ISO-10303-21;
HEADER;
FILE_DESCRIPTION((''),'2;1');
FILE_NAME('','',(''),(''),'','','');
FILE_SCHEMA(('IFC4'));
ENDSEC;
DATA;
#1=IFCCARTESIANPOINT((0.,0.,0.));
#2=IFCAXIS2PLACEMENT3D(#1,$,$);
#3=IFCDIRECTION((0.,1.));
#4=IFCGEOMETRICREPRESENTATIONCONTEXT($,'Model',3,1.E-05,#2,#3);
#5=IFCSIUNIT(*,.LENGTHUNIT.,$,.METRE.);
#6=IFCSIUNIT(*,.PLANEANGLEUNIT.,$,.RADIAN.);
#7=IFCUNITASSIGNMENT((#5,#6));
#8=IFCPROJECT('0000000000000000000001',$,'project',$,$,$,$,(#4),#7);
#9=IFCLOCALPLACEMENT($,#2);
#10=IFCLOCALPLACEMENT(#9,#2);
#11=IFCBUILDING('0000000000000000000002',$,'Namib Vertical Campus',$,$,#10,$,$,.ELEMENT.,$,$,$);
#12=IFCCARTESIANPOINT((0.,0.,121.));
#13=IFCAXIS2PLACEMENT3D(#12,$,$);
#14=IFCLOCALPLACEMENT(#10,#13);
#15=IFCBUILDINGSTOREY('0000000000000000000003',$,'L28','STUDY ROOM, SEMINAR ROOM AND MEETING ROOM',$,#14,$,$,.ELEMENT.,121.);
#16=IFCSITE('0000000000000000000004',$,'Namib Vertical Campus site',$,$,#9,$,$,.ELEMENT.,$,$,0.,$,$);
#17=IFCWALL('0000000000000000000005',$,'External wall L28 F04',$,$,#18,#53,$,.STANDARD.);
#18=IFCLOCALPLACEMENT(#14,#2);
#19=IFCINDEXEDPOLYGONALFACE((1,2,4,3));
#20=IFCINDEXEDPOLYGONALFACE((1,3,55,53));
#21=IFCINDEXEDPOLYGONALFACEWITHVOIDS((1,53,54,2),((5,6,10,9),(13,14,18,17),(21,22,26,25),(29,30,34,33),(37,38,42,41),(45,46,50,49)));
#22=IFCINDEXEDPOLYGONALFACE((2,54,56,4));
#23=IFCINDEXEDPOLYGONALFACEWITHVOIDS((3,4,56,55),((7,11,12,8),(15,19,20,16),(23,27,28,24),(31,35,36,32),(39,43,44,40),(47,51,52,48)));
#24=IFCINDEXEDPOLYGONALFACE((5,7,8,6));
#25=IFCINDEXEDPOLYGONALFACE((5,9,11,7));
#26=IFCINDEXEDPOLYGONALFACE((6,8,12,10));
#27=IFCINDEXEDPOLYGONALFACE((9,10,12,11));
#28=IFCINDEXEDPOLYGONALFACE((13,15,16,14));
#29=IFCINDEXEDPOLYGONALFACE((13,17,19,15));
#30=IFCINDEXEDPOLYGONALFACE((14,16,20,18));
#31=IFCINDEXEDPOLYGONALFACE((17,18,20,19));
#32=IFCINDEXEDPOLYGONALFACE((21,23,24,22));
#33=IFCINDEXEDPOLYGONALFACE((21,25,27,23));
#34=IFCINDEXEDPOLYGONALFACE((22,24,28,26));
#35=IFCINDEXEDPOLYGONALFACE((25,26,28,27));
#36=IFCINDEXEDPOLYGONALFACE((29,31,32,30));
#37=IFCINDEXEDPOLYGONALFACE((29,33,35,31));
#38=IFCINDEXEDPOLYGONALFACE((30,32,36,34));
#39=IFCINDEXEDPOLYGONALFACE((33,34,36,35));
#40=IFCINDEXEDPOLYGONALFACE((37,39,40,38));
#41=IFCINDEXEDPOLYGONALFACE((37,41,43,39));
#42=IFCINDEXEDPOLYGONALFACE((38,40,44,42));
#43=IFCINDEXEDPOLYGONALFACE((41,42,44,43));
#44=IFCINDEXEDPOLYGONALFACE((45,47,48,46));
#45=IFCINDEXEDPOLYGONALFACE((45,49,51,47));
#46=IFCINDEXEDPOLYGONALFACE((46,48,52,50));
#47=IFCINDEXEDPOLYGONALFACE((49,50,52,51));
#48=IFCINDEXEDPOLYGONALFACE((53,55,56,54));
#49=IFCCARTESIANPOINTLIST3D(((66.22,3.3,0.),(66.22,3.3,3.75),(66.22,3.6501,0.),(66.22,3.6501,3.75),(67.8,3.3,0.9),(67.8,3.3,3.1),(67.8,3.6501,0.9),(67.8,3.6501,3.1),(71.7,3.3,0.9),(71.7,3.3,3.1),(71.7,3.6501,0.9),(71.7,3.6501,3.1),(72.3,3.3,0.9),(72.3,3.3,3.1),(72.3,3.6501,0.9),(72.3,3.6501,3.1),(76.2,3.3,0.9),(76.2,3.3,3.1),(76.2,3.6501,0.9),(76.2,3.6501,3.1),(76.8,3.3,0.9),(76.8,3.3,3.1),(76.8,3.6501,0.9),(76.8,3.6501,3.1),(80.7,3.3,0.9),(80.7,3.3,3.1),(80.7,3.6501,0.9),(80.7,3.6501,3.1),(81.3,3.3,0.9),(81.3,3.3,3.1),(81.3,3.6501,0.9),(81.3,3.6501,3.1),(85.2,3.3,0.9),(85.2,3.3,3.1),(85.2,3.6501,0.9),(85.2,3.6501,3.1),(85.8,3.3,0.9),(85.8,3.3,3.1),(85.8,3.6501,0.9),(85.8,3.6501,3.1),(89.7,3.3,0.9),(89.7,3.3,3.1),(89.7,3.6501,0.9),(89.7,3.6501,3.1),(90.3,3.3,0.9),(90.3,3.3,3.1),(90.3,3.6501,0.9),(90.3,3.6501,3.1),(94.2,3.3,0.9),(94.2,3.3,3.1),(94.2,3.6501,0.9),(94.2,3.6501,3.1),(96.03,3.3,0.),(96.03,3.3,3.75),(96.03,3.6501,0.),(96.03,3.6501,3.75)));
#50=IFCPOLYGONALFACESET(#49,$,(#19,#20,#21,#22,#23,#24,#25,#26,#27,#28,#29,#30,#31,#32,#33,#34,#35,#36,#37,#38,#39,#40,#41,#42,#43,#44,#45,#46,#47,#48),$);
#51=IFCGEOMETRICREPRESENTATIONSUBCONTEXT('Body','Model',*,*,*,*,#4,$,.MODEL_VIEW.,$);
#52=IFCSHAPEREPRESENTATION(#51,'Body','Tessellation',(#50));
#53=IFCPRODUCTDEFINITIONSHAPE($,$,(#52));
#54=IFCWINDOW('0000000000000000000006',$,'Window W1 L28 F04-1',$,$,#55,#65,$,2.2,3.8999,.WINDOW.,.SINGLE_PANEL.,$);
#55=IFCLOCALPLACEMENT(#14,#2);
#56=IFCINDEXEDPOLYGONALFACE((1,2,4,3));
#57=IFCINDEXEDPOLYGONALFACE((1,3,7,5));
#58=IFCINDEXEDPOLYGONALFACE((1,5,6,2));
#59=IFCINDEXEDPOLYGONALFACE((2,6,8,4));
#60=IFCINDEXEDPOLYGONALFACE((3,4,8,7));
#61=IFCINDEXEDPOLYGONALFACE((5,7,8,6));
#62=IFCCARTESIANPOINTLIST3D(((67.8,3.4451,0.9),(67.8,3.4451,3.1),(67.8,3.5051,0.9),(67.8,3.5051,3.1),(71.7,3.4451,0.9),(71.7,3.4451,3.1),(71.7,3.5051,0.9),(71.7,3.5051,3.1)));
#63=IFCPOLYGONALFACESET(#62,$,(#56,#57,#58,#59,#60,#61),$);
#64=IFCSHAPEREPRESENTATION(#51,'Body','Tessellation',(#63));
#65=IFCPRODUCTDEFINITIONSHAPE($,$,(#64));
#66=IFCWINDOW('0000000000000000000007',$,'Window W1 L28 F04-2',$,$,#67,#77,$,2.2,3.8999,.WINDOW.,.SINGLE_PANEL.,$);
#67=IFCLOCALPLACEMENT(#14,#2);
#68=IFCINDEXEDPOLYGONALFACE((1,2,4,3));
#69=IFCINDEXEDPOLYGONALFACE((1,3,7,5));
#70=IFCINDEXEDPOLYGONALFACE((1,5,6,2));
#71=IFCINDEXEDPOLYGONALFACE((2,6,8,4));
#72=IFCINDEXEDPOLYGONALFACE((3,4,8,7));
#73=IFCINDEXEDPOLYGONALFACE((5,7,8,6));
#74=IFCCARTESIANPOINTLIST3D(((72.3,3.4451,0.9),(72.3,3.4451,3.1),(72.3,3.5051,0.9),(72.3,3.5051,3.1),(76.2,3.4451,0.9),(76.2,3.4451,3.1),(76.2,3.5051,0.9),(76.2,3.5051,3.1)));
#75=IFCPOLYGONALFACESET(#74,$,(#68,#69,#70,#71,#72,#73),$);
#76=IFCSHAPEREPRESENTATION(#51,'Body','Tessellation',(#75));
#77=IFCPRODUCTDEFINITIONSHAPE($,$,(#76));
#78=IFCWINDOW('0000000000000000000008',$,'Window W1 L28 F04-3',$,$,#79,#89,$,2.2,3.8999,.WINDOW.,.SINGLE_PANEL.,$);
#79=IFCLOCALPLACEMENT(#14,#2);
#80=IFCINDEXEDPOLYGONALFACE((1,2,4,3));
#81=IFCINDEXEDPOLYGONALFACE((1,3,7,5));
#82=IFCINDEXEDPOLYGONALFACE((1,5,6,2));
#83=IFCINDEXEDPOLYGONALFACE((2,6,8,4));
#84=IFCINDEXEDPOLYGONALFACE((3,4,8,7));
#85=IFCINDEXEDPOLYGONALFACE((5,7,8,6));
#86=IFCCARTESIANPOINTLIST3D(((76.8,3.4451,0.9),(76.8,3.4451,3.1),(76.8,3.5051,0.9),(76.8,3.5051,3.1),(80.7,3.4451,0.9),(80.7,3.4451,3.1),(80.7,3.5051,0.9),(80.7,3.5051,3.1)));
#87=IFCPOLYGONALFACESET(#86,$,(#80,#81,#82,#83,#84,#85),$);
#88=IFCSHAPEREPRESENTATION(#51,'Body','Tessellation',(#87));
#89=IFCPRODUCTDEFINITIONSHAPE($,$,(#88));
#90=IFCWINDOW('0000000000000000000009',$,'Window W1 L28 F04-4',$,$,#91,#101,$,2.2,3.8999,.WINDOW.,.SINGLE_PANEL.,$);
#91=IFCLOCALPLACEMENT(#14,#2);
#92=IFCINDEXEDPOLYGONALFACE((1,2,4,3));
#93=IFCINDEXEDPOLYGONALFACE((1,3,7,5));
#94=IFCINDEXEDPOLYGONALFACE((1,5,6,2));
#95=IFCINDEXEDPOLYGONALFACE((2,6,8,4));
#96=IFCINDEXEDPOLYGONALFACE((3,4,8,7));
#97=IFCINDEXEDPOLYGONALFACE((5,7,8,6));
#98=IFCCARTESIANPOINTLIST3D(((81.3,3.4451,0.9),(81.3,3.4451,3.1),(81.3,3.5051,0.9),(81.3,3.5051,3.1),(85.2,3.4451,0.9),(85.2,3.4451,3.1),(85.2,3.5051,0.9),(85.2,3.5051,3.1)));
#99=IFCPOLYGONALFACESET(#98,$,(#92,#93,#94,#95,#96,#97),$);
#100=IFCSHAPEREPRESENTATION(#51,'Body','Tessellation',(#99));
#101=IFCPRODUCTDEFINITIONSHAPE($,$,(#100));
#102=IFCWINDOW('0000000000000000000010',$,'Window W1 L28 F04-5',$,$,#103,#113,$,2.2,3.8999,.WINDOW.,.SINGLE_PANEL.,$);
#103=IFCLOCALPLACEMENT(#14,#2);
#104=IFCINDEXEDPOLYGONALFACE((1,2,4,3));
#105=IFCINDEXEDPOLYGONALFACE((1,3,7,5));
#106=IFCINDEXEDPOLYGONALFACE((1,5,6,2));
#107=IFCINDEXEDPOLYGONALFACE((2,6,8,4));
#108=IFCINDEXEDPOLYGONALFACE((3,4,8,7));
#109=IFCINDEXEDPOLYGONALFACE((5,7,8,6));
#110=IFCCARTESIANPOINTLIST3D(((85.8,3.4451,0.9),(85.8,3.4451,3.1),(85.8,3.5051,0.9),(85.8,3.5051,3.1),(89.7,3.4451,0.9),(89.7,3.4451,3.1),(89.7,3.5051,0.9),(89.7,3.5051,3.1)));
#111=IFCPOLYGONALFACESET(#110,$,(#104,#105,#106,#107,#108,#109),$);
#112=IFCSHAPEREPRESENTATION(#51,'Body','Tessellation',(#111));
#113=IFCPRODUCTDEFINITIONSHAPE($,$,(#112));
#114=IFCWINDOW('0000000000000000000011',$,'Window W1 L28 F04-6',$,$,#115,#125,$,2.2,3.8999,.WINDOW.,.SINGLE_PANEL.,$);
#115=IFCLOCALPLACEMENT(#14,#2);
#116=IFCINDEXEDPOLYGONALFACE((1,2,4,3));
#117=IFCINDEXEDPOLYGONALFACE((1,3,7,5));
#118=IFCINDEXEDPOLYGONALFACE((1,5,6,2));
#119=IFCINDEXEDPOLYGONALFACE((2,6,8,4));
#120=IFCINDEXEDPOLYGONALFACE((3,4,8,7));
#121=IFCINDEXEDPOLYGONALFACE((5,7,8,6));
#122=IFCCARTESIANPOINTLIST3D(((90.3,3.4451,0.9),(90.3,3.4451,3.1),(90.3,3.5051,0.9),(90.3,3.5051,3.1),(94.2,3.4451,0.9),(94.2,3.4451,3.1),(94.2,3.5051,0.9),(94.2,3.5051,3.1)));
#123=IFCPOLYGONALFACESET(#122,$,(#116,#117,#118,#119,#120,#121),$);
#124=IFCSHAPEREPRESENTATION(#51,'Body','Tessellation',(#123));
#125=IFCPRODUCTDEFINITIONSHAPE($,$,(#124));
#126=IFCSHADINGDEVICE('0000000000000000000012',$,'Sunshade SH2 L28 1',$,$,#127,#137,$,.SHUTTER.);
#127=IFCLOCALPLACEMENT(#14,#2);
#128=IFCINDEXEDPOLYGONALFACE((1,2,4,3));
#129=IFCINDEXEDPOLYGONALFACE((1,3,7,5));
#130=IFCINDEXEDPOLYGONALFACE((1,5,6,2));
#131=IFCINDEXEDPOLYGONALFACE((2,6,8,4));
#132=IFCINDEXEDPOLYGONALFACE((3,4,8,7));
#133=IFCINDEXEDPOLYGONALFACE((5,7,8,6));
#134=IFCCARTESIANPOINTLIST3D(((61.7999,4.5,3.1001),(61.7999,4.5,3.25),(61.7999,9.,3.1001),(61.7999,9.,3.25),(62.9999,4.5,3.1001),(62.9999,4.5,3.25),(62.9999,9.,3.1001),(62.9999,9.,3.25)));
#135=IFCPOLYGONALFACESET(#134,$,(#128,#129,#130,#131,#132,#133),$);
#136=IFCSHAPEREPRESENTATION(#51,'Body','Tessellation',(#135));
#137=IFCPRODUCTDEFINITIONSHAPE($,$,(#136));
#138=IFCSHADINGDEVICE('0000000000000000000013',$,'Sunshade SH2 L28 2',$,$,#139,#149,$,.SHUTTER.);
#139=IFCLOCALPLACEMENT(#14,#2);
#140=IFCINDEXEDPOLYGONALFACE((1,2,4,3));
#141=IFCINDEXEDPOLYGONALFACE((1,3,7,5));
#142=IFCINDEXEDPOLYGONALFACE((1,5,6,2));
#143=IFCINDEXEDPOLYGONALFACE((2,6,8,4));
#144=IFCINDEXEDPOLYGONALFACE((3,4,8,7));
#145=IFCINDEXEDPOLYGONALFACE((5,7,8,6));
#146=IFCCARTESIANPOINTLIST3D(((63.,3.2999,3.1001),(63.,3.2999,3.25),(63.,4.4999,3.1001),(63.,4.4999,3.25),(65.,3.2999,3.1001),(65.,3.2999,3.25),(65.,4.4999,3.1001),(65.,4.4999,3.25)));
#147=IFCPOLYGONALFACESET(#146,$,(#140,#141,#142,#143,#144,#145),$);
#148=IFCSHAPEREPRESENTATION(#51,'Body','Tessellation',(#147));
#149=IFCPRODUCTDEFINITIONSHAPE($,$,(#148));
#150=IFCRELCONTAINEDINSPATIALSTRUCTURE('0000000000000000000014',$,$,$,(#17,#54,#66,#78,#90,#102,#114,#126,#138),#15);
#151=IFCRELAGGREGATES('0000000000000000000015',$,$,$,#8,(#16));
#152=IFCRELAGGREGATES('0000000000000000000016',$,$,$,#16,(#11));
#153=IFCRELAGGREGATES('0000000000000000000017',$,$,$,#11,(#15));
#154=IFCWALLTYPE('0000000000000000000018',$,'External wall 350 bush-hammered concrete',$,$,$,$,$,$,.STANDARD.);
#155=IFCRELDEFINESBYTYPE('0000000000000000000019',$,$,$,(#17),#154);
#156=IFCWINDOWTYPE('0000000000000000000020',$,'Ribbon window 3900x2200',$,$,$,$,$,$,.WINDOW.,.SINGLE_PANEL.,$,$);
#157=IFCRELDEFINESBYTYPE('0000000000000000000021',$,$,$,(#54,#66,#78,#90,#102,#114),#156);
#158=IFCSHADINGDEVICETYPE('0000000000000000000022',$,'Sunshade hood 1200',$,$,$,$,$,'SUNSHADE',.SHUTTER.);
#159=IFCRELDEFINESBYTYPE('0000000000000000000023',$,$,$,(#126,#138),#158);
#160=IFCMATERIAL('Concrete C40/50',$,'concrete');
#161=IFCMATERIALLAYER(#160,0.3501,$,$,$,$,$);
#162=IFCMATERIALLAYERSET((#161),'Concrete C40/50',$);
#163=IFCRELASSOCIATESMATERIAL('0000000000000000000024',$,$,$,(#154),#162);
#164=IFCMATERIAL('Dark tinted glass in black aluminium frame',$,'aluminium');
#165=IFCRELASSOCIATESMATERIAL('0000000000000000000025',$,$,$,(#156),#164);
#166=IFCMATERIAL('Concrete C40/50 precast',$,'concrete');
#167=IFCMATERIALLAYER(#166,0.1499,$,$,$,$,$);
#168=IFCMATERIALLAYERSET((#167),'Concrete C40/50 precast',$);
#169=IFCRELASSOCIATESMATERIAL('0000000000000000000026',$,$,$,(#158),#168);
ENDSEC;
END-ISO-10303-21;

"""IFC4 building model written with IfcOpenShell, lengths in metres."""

from ifc_helpers import new_model, si_unit, direction, frame, frame_2d, origin, origin_2d, place, context, subcontext, project, spatial, rectangle, extrude, material, layer, layer_set, type_object, element, fill, save


model = new_model("IFC4")

# Units and contexts
model_context = context("Model", 3, precision=1e-05, world=origin(), true_north=direction((0.0, 1.0)))
body_context = subcontext(model_context, "Body", "Model", "MODEL_VIEW")
ifc_project = project(units=[si_unit("LENGTHUNIT", "METRE"), si_unit("PLANEANGLEUNIT", "RADIAN")], contexts=[model_context])

# Site, building, storey
site_placement = place(None, origin())
site = spatial("IfcSite", under=ifc_project, at=site_placement, Name="Namib Vertical Campus site", CompositionType="ELEMENT", RefElevation=0.0)
building_placement = place(site_placement, origin())
building = spatial("IfcBuilding", under=site, at=building_placement, Name="Namib Vertical Campus", CompositionType="ELEMENT")
storey_placement = place(building_placement, frame((0.0, 0.0, 121.0)))
storey = spatial("IfcBuildingStorey", under=building, at=storey_placement, Name="L28", Description="STUDY ROOM, SEMINAR ROOM AND MEETING ROOM", CompositionType="ELEMENT", Elevation=121.0)

# Shared definitions
ifc_material_1 = material(Name="Concrete C40/50", Category="concrete")
ifc_layer_1 = layer(ifc_material_1, 0.3501)
ifc_layer_set_1 = layer_set([ifc_layer_1], Name="Concrete C40/50")
wall_type = type_object("IfcWallType", Name="External wall 350 bush-hammered concrete", PredefinedType="STANDARD", material=ifc_layer_set_1)

# Wall, openings, windows
wall_1_placement = place(storey_placement, frame((66.22, 3.4751, 0.0), z_axis=(0.0, 0.0, 1.0), x_axis=(1.0, 0.0, 0.0)))
wall_1 = element("IfcWall", 1, at=wall_1_placement, inside=storey, type_object=wall_type, Name="External wall L28 F04", PredefinedType="STANDARD", context=body_context, shape_type="SweptSolid", body=[
    extrude(rectangle(XDim=29.8101, YDim=0.3501, at=frame_2d((14.905, 0.0))), origin(), (0.0, 0.0, 1.0), 3.75),
])
opening_1_placement = place(wall_1_placement, frame((1.5801, 0.0, 0.8999)))
opening_1 = element("IfcOpeningElement", 2, at=opening_1_placement, cuts=wall_1, PredefinedType="OPENING", context=body_context, shape_type="SweptSolid", body=[
    extrude(rectangle(XDim=3.8999, YDim=2.2, at=frame_2d((1.95, 1.1001))), frame((0.0, 0.1851, 0.0), z_axis=(0.0, -1.0, 0.0), x_axis=(1.0, 0.0, 0.0)), (0.0, 0.0, 1.0), 0.3701),
])
opening_2_placement = place(wall_1_placement, frame((6.0801, 0.0, 0.8999)))
opening_2 = element("IfcOpeningElement", 3, at=opening_2_placement, cuts=wall_1, PredefinedType="OPENING", context=body_context, shape_type="SweptSolid", body=[
    extrude(rectangle(XDim=3.8999, YDim=2.2, at=frame_2d((1.95, 1.1001))), frame((0.0, 0.1851, 0.0), z_axis=(0.0, -1.0, 0.0), x_axis=(1.0, 0.0, 0.0)), (0.0, 0.0, 1.0), 0.3701),
])
opening_3_placement = place(wall_1_placement, frame((10.5801, 0.0, 0.8999)))
opening_3 = element("IfcOpeningElement", 4, at=opening_3_placement, cuts=wall_1, PredefinedType="OPENING", context=body_context, shape_type="SweptSolid", body=[
    extrude(rectangle(XDim=3.8999, YDim=2.2, at=frame_2d((1.95, 1.1001))), frame((0.0, 0.1851, 0.0), z_axis=(0.0, -1.0, 0.0), x_axis=(1.0, 0.0, 0.0)), (0.0, 0.0, 1.0), 0.3701),
])
opening_4_placement = place(wall_1_placement, frame((15.0801, 0.0, 0.8999)))
opening_4 = element("IfcOpeningElement", 5, at=opening_4_placement, cuts=wall_1, PredefinedType="OPENING", context=body_context, shape_type="SweptSolid", body=[
    extrude(rectangle(XDim=3.8999, YDim=2.2, at=frame_2d((1.95, 1.1001))), frame((0.0, 0.1851, 0.0), z_axis=(0.0, -1.0, 0.0), x_axis=(1.0, 0.0, 0.0)), (0.0, 0.0, 1.0), 0.3701),
])
opening_5_placement = place(wall_1_placement, frame((19.5801, 0.0, 0.8999)))
opening_5 = element("IfcOpeningElement", 6, at=opening_5_placement, cuts=wall_1, PredefinedType="OPENING", context=body_context, shape_type="SweptSolid", body=[
    extrude(rectangle(XDim=3.8999, YDim=2.2, at=frame_2d((1.95, 1.1001))), frame((0.0, 0.1851, 0.0), z_axis=(0.0, -1.0, 0.0), x_axis=(1.0, 0.0, 0.0)), (0.0, 0.0, 1.0), 0.3701),
])
opening_6_placement = place(wall_1_placement, frame((24.0801, 0.0, 0.8999)))
opening_6 = element("IfcOpeningElement", 7, at=opening_6_placement, cuts=wall_1, PredefinedType="OPENING", context=body_context, shape_type="SweptSolid", body=[
    extrude(rectangle(XDim=3.8999, YDim=2.2, at=frame_2d((1.95, 1.1001))), frame((0.0, 0.1851, 0.0), z_axis=(0.0, -1.0, 0.0), x_axis=(1.0, 0.0, 0.0)), (0.0, 0.0, 1.0), 0.3701),
])
ifc_material_2 = material(Name="Dark tinted glass in black aluminium frame", Category="aluminium")
window_type = type_object("IfcWindowType", Name="Ribbon window 3900x2200", PartitioningType="SINGLE_PANEL", PredefinedType="WINDOW", material=ifc_material_2)
window_1_placement = place(opening_1_placement, origin())
window_1 = element("IfcWindow", 8, at=window_1_placement, inside=storey, type_object=window_type, Name="Window W1 L28 F04-1", OverallHeight=2.2, OverallWidth=3.8999, PartitioningType="SINGLE_PANEL", PredefinedType="WINDOW", context=body_context, shape_type="SweptSolid", body=[
    extrude(rectangle(XDim=3.8999, YDim=2.2, at=frame_2d((1.95, 1.1001))), frame((0.0, 0.03, 0.0), z_axis=(0.0, -1.0, 0.0), x_axis=(1.0, 0.0, 0.0)), (0.0, 0.0, 1.0), 0.0601),
])
fill(opening_1, window_1)
window_2_placement = place(opening_2_placement, origin())
window_2 = element("IfcWindow", 9, at=window_2_placement, inside=storey, type_object=window_type, Name="Window W1 L28 F04-2", OverallHeight=2.2, OverallWidth=3.8999, PartitioningType="SINGLE_PANEL", PredefinedType="WINDOW", context=body_context, shape_type="SweptSolid", body=[
    extrude(rectangle(XDim=3.8999, YDim=2.2, at=frame_2d((1.95, 1.1001))), frame((0.0, 0.03, 0.0), z_axis=(0.0, -1.0, 0.0), x_axis=(1.0, 0.0, 0.0)), (0.0, 0.0, 1.0), 0.0601),
])
fill(opening_2, window_2)
window_3_placement = place(opening_3_placement, origin())
window_3 = element("IfcWindow", 10, at=window_3_placement, inside=storey, type_object=window_type, Name="Window W1 L28 F04-3", OverallHeight=2.2, OverallWidth=3.8999, PartitioningType="SINGLE_PANEL", PredefinedType="WINDOW", context=body_context, shape_type="SweptSolid", body=[
    extrude(rectangle(XDim=3.8999, YDim=2.2, at=frame_2d((1.95, 1.1001))), frame((0.0, 0.03, 0.0), z_axis=(0.0, -1.0, 0.0), x_axis=(1.0, 0.0, 0.0)), (0.0, 0.0, 1.0), 0.0601),
])
fill(opening_3, window_3)
window_4_placement = place(opening_4_placement, origin())
window_4 = element("IfcWindow", 11, at=window_4_placement, inside=storey, type_object=window_type, Name="Window W1 L28 F04-4", OverallHeight=2.2, OverallWidth=3.8999, PartitioningType="SINGLE_PANEL", PredefinedType="WINDOW", context=body_context, shape_type="SweptSolid", body=[
    extrude(rectangle(XDim=3.8999, YDim=2.2, at=frame_2d((1.95, 1.1001))), frame((0.0, 0.03, 0.0), z_axis=(0.0, -1.0, 0.0), x_axis=(1.0, 0.0, 0.0)), (0.0, 0.0, 1.0), 0.0601),
])
fill(opening_4, window_4)
window_5_placement = place(opening_5_placement, origin())
window_5 = element("IfcWindow", 12, at=window_5_placement, inside=storey, type_object=window_type, Name="Window W1 L28 F04-5", OverallHeight=2.2, OverallWidth=3.8999, PartitioningType="SINGLE_PANEL", PredefinedType="WINDOW", context=body_context, shape_type="SweptSolid", body=[
    extrude(rectangle(XDim=3.8999, YDim=2.2, at=frame_2d((1.95, 1.1001))), frame((0.0, 0.03, 0.0), z_axis=(0.0, -1.0, 0.0), x_axis=(1.0, 0.0, 0.0)), (0.0, 0.0, 1.0), 0.0601),
])
fill(opening_5, window_5)
window_6_placement = place(opening_6_placement, origin())
window_6 = element("IfcWindow", 13, at=window_6_placement, inside=storey, type_object=window_type, Name="Window W1 L28 F04-6", OverallHeight=2.2, OverallWidth=3.8999, PartitioningType="SINGLE_PANEL", PredefinedType="WINDOW", context=body_context, shape_type="SweptSolid", body=[
    extrude(rectangle(XDim=3.8999, YDim=2.2, at=frame_2d((1.95, 1.1001))), frame((0.0, 0.03, 0.0), z_axis=(0.0, -1.0, 0.0), x_axis=(1.0, 0.0, 0.0)), (0.0, 0.0, 1.0), 0.0601),
])
fill(opening_6, window_6)

# Shading devices
ifc_material_3 = material(Name="Concrete C40/50 precast", Category="concrete")
ifc_layer_2 = layer(ifc_material_3, 0.1499)
ifc_layer_set_2 = layer_set([ifc_layer_2], Name="Concrete C40/50 precast")
shading_device_type = type_object("IfcShadingDeviceType", Name="Sunshade hood 1200", ElementType="SUNSHADE", PredefinedType="SHUTTER", material=ifc_layer_set_2)
shading_device_1_placement = place(storey_placement, frame((62.3999, 6.75, 3.1001), z_axis=(0.0, 0.0, 1.0), x_axis=(0.0, -1.0, 0.0)))
element("IfcShadingDevice", 14, at=shading_device_1_placement, inside=storey, type_object=shading_device_type, Name="Sunshade SH2 L28 1", PredefinedType="SHUTTER", context=body_context, shape_type="SweptSolid", body=[
    extrude(rectangle(XDim=4.5, YDim=1.2, at=origin_2d()), origin(), (0.0, 0.0, 1.0), 0.1499),
])
shading_device_2_placement = place(storey_placement, frame((64.0, 3.8999, 3.1001), z_axis=(0.0, 0.0, 1.0), x_axis=(1.0, 0.0, 0.0)))
element("IfcShadingDevice", 15, at=shading_device_2_placement, inside=storey, type_object=shading_device_type, Name="Sunshade SH2 L28 2", PredefinedType="SHUTTER", context=body_context, shape_type="SweptSolid", body=[
    extrude(rectangle(XDim=2.0, YDim=1.2, at=origin_2d()), origin(), (0.0, 0.0, 1.0), 0.1499),
])

save(model, "model.ifc")
